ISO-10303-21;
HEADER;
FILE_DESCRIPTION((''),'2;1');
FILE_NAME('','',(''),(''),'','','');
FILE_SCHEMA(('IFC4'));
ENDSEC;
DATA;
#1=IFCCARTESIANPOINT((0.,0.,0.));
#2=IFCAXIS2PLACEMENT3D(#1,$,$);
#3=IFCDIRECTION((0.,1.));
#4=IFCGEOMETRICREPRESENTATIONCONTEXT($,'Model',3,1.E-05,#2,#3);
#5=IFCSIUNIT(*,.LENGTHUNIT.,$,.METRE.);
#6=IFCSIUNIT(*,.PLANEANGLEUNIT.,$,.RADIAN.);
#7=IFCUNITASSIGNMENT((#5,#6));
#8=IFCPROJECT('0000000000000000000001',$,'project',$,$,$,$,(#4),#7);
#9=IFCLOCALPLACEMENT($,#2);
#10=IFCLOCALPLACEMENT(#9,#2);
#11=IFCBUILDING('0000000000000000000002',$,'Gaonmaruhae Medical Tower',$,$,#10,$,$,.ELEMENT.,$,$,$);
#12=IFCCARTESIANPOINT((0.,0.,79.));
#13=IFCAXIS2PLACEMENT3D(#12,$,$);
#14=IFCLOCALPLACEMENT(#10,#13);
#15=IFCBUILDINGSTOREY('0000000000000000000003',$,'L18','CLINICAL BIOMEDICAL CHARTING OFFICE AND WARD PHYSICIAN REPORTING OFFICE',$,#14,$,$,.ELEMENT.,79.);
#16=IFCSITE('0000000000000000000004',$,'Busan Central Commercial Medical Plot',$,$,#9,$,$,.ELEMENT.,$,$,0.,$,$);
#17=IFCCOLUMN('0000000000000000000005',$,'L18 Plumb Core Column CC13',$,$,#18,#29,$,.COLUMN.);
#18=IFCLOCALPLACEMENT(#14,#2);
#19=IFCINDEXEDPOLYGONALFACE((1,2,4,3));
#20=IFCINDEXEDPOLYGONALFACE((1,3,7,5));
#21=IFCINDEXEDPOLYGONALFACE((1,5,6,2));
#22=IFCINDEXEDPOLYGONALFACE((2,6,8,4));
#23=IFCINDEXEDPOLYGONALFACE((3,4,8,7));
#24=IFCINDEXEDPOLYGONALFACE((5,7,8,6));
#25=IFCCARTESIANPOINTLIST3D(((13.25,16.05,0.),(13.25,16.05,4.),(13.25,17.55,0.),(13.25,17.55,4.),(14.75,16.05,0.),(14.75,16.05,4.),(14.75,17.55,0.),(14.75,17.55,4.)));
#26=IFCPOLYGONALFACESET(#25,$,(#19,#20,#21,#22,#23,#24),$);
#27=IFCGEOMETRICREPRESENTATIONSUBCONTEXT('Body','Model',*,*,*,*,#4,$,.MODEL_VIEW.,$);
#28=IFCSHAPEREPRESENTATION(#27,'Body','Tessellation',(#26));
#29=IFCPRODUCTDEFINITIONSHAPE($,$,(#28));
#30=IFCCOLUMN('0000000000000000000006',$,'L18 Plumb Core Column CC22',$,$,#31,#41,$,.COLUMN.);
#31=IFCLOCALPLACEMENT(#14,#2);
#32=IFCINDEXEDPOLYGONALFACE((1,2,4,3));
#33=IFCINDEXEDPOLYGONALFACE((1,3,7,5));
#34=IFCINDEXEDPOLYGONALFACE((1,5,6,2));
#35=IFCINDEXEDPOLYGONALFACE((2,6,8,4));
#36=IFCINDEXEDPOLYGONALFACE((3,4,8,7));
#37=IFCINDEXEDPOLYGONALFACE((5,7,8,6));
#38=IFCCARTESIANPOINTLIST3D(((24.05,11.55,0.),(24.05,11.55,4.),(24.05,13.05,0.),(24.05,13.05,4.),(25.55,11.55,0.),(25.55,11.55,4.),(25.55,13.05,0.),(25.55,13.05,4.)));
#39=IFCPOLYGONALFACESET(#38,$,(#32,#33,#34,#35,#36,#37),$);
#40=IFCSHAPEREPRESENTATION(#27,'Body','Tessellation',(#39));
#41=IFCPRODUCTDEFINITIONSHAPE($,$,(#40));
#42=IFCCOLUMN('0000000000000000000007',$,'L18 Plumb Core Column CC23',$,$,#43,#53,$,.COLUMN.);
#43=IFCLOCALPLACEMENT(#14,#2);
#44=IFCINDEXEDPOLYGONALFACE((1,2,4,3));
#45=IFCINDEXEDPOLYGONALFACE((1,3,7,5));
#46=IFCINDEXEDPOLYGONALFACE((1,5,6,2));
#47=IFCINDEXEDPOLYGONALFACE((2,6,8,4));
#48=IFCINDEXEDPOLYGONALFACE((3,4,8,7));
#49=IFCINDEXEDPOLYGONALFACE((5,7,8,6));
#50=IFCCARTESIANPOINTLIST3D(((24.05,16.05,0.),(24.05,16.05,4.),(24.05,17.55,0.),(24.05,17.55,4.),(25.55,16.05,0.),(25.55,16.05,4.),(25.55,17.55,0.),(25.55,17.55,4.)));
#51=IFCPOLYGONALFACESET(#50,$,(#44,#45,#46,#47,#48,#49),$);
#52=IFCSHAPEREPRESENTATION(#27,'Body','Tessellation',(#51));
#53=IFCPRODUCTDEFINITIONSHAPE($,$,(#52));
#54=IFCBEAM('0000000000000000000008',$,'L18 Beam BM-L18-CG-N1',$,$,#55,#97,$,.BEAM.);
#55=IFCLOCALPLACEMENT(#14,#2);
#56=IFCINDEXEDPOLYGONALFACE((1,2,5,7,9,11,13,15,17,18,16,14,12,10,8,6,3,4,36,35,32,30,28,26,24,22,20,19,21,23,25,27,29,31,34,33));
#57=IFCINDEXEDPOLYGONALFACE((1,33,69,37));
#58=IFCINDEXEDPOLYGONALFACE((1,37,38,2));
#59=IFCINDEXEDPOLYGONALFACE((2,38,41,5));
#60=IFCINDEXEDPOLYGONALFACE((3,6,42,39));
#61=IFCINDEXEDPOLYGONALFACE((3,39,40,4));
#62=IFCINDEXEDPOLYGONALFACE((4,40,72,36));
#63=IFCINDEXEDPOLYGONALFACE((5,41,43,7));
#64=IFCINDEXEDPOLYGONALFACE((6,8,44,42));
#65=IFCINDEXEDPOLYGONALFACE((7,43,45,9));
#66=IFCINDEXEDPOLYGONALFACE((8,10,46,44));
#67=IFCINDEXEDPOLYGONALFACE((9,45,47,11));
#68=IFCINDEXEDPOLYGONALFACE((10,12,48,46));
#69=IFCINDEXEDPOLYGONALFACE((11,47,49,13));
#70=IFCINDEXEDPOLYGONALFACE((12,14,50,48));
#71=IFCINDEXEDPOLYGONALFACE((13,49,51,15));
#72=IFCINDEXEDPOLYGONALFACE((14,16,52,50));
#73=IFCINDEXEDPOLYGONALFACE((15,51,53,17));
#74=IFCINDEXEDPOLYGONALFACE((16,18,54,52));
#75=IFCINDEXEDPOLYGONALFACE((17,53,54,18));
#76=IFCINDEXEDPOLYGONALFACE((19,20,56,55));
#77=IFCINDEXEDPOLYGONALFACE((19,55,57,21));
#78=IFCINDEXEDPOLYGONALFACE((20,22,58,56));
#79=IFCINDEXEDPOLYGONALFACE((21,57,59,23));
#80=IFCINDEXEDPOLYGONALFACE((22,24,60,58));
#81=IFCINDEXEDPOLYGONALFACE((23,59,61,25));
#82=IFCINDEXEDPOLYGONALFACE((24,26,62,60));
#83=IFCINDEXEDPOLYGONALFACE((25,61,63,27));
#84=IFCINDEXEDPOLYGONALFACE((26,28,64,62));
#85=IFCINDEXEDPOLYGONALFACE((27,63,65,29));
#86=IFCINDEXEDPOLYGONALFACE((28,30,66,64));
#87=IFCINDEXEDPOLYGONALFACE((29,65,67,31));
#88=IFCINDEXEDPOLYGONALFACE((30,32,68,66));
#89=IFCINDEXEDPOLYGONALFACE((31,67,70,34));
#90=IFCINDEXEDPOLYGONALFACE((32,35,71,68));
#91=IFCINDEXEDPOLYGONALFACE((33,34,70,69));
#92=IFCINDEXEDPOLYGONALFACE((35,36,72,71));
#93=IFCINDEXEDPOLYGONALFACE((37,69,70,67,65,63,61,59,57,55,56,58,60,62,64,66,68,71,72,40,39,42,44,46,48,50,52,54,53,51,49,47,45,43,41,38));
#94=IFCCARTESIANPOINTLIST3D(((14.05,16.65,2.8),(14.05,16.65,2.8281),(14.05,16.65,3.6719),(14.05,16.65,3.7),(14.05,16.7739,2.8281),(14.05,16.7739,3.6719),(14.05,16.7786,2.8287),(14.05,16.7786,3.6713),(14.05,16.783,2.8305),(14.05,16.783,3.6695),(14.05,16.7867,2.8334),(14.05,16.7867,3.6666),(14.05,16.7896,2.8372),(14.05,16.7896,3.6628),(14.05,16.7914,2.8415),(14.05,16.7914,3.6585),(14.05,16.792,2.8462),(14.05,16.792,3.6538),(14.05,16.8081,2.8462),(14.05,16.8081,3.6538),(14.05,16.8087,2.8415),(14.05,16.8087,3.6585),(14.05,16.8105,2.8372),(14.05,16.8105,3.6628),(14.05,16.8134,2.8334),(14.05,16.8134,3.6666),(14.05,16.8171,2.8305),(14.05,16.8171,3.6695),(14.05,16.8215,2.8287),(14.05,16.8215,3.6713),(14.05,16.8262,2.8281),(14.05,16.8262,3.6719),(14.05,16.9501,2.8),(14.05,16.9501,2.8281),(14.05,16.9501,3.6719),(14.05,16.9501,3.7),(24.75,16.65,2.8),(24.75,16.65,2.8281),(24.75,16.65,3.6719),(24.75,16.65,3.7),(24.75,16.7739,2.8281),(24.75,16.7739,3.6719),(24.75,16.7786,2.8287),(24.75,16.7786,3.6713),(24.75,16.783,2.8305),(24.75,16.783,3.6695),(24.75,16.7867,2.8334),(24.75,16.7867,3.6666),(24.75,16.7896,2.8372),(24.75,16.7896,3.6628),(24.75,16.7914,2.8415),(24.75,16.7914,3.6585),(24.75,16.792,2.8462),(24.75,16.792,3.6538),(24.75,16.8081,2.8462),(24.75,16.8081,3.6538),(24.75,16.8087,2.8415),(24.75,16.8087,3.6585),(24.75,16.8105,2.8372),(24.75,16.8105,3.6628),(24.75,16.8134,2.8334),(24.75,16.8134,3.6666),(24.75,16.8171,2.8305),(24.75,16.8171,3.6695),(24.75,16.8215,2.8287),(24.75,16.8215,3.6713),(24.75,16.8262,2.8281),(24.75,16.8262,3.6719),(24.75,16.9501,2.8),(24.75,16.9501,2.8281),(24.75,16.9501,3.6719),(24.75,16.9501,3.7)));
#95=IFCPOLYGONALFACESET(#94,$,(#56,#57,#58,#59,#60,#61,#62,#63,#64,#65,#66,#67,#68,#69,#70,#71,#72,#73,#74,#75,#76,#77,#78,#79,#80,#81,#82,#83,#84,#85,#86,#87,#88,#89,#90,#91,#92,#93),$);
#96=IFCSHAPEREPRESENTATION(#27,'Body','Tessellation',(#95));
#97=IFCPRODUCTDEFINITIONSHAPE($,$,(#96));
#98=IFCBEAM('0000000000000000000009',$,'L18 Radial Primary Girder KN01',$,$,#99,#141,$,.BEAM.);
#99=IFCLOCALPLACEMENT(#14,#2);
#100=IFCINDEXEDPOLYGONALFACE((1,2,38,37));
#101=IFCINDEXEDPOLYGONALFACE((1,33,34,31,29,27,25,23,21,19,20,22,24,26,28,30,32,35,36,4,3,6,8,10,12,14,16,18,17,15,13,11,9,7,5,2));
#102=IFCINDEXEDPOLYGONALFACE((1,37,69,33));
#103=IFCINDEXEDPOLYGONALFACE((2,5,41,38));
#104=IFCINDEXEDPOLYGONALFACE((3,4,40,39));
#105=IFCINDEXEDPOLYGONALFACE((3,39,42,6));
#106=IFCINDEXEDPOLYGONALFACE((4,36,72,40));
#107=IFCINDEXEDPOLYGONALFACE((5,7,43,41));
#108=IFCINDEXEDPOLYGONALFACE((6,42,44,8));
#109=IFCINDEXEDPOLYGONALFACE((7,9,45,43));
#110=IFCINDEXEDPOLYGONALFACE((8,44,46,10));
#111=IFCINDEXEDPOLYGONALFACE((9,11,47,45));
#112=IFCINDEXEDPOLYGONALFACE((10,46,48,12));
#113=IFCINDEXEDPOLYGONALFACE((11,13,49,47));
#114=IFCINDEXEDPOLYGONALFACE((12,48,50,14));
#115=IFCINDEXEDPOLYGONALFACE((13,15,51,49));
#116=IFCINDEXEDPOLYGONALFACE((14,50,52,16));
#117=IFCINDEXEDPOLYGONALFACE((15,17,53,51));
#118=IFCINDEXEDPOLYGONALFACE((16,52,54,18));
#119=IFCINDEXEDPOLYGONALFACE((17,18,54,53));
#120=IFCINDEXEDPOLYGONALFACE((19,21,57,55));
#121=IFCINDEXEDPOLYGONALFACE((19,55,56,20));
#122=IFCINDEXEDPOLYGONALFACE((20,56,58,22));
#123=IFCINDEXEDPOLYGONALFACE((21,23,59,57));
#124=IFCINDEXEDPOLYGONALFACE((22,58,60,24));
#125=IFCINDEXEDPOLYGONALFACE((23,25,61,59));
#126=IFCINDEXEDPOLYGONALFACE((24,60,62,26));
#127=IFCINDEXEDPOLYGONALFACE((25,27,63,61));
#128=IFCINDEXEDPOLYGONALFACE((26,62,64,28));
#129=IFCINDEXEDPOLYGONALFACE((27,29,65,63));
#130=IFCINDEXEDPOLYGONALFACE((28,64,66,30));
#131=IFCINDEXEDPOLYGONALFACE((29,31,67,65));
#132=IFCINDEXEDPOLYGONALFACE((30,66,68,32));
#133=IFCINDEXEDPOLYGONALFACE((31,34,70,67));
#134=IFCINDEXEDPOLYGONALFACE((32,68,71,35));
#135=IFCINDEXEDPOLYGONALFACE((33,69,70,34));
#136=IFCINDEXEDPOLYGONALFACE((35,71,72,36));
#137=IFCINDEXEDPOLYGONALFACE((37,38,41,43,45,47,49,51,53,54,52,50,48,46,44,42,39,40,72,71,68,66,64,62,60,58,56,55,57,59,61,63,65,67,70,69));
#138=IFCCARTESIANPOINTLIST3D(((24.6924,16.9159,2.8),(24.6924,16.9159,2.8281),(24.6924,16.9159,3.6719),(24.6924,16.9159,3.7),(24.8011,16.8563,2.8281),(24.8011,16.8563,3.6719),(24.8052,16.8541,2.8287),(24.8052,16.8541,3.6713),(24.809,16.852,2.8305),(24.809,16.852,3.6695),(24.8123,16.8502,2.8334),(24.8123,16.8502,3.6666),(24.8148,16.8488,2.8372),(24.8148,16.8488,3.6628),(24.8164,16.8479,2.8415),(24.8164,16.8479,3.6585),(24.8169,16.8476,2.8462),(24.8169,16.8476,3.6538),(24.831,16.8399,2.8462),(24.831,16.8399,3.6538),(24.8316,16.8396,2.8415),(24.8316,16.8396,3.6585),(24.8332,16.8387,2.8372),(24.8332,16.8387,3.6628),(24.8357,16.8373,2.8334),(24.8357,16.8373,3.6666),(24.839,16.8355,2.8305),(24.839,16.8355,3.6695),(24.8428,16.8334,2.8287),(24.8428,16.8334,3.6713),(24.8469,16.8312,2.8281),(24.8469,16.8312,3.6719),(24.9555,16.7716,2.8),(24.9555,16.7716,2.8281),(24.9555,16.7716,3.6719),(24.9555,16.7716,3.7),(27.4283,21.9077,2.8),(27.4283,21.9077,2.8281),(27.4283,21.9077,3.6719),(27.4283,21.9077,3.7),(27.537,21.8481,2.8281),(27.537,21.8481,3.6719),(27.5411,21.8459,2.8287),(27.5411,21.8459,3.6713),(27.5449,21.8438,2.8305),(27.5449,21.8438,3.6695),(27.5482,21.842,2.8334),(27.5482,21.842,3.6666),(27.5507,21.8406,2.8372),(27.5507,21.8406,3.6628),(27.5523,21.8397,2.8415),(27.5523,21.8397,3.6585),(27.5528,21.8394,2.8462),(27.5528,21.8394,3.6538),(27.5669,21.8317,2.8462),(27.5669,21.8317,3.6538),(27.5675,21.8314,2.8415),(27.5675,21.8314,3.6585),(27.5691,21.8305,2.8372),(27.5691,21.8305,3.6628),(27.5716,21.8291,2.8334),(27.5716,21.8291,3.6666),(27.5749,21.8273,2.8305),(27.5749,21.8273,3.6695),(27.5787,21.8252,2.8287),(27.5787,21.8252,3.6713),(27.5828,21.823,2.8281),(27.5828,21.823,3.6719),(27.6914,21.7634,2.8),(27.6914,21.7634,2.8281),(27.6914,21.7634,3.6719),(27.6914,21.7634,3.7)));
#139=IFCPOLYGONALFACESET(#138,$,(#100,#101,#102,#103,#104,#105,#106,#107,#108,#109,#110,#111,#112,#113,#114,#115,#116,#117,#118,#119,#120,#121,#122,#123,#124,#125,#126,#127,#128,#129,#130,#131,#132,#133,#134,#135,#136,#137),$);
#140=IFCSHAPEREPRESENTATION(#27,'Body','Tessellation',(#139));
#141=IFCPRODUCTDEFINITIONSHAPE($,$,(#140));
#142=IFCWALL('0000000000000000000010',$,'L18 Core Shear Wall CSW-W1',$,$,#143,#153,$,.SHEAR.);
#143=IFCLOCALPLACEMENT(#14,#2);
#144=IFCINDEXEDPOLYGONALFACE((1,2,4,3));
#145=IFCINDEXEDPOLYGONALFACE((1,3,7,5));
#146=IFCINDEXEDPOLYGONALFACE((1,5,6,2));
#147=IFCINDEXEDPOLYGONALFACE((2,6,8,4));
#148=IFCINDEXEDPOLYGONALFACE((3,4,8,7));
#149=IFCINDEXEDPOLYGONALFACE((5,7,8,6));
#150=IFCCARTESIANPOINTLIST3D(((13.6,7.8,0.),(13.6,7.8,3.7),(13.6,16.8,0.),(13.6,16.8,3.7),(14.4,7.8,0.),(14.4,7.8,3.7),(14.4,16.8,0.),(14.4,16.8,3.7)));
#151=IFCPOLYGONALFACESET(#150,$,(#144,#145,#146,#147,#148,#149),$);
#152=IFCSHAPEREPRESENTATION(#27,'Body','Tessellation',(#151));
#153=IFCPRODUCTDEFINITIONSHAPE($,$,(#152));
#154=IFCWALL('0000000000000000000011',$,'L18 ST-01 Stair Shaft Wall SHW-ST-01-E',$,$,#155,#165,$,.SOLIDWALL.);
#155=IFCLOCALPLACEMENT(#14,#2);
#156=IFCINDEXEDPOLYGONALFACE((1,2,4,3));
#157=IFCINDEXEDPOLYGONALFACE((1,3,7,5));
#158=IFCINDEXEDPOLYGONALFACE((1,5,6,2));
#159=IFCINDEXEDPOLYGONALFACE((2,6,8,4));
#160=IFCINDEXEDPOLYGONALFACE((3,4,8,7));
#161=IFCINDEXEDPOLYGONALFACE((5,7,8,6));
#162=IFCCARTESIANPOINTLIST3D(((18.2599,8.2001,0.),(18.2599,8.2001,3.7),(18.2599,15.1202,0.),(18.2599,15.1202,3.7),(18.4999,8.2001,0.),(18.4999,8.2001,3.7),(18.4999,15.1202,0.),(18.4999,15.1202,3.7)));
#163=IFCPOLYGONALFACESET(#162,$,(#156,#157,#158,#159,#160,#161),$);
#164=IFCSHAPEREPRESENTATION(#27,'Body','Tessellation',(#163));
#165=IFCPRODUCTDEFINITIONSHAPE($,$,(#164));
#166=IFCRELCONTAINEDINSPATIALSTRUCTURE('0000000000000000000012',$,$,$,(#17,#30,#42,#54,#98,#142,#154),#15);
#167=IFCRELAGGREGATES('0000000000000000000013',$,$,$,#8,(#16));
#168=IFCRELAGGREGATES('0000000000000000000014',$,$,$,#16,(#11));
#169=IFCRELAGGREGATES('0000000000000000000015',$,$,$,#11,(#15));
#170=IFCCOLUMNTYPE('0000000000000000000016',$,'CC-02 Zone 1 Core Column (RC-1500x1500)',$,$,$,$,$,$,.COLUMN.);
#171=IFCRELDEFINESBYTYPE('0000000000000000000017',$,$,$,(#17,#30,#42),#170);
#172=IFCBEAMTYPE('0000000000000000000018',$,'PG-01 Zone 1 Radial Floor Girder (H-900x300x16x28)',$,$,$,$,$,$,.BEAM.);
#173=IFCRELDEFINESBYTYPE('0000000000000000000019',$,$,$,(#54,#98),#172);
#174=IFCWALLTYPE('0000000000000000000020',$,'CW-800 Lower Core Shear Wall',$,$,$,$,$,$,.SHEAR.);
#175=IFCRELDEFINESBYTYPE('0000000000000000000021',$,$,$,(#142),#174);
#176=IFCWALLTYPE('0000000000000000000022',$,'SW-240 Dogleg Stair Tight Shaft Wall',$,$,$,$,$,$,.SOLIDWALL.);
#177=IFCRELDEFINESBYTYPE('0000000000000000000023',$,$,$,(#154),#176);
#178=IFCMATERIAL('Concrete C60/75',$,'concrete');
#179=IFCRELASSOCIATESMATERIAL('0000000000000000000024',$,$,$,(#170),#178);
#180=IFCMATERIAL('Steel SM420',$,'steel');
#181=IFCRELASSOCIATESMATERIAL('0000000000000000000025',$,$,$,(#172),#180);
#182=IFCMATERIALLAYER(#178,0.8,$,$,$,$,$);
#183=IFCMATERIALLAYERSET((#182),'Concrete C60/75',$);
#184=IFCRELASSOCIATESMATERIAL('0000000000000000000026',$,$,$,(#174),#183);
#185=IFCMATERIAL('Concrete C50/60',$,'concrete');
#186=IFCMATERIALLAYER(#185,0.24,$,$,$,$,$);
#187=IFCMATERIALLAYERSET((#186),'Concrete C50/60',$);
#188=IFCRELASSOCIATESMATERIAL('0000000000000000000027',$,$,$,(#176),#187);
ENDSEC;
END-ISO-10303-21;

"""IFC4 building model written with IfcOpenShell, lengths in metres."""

from ifc_helpers import new_model, si_unit, direction, frame, frame_2d, origin, origin_2d, place, context, subcontext, project, spatial, rectangle, i_section, extrude, material, layer, layer_set, material_profile, profile_set, type_object, element, save


model = new_model("IFC4")

# Units and contexts
model_context = context("Model", 3, precision=1e-05, world=origin(), true_north=direction((0.0, 1.0)))
body_context = subcontext(model_context, "Body", "Model", "MODEL_VIEW")
ifc_project = project(units=[si_unit("LENGTHUNIT", "METRE"), si_unit("PLANEANGLEUNIT", "RADIAN")], contexts=[model_context])

# Site, building, storey
site_placement = place(None, origin())
site = spatial("IfcSite", under=ifc_project, at=site_placement, Name="Busan Central Commercial Medical Plot", CompositionType="ELEMENT", RefElevation=0.0)
building_placement = place(site_placement, origin())
building = spatial("IfcBuilding", under=site, at=building_placement, Name="Gaonmaruhae Medical Tower", CompositionType="ELEMENT")
storey_placement = place(building_placement, frame((0.0, 0.0, 79.0)))
storey = spatial("IfcBuildingStorey", under=building, at=storey_placement, Name="L18", Description="CLINICAL BIOMEDICAL CHARTING OFFICE AND WARD PHYSICIAN REPORTING OFFICE", CompositionType="ELEMENT", Elevation=79.0)

# Columns
ifc_material_1 = material(Name="Concrete C60/75", Category="concrete")
ifc_material_profile_1 = material_profile(ifc_material_1, rectangle(XDim=1.5, YDim=1.5, at=origin_2d()), Name="RC-1500x1500")
ifc_profile_set_1 = profile_set([ifc_material_profile_1], Name="Concrete C60/75")
column_type = type_object("IfcColumnType", Name="CC-02 Zone 1 Core Column (RC-1500x1500)", PredefinedType="COLUMN", material=ifc_profile_set_1)
for number, where, z_axis, x_axis, name in (
    (1, (14.0, 16.8, 0.0), (0.0, 0.0, 1.0), (1.0, 0.0, 0.0), "L18 Plumb Core Column CC13"),
    (2, (24.8, 12.3, 0.0), (0.0, 0.0, 1.0), (1.0, 0.0, 0.0), "L18 Plumb Core Column CC22"),
    (3, (24.8, 16.8, 0.0), (0.0, 0.0, 1.0), (1.0, 0.0, 0.0), "L18 Plumb Core Column CC23"),
):
    element("IfcColumn", number, at=place(storey_placement, frame(where, z_axis=z_axis, x_axis=x_axis)), inside=storey, type_object=column_type, Name=name, PredefinedType="COLUMN", context=body_context, shape_type="SweptSolid", body=[
        extrude(rectangle(XDim=1.5, YDim=1.5, at=origin_2d()), origin(), (0.0, 0.0, 1.0), 4.0),
    ])

# Beams
ifc_material_2 = material(Name="Steel SM420", Category="steel")
ifc_material_profile_2 = material_profile(ifc_material_2, i_section(OverallWidth=0.3, OverallDepth=0.8999, WebThickness=0.0161, FlangeThickness=0.0281, FilletRadius=0.0181, at=origin_2d()), Name="H-900x300x16x28")
ifc_profile_set_2 = profile_set([ifc_material_profile_2], Name="Steel SM420")
beam_type = type_object("IfcBeamType", Name="PG-01 Zone 1 Radial Floor Girder (H-900x300x16x28)", PredefinedType="BEAM", material=ifc_profile_set_2)
beam_1_placement = place(storey_placement, frame((14.05, 16.8, 3.25), z_axis=(1.0, 0.0, 0.0), x_axis=(0.0, 1.0, 0.0)))
element("IfcBeam", 4, at=beam_1_placement, inside=storey, type_object=beam_type, Name="L18 Beam BM-L18-CG-N1", PredefinedType="BEAM", context=body_context, shape_type="SweptSolid", body=[
    extrude(i_section(OverallWidth=0.3, OverallDepth=0.8999, WebThickness=0.0161, FlangeThickness=0.0281, FilletRadius=0.0181, at=origin_2d()), origin(), (0.0, 0.0, 1.0), 10.7),
])
beam_2_placement = place(storey_placement, frame((24.824, 16.8438, 3.25), z_axis=(0.480624, 0.876927, 0.0), x_axis=(-0.876927, 0.480624, 0.0)))
element("IfcBeam", 5, at=beam_2_placement, inside=storey, type_object=beam_type, Name="L18 Radial Primary Girder KN01", PredefinedType="BEAM", context=body_context, shape_type="SweptSolid", body=[
    extrude(i_section(OverallWidth=0.3, OverallDepth=0.8999, WebThickness=0.0161, FlangeThickness=0.0281, FilletRadius=0.0181, at=origin_2d()), origin(), (0.0, 0.0, 1.0), 5.6924),
])

# Wall
ifc_layer_1 = layer(ifc_material_1, 0.8)
ifc_layer_set_1 = layer_set([ifc_layer_1], Name="Concrete C60/75")
wall_type_1 = type_object("IfcWallType", Name="CW-800 Lower Core Shear Wall", PredefinedType="SHEAR", material=ifc_layer_set_1)
wall_1_placement = place(storey_placement, frame((14.0, 16.8, 0.0), z_axis=(0.0, 0.0, 1.0), x_axis=(0.0, -1.0, 0.0)))
element("IfcWall", 6, at=wall_1_placement, inside=storey, type_object=wall_type_1, Name="L18 Core Shear Wall CSW-W1", PredefinedType="SHEAR", context=body_context, shape_type="SweptSolid", body=[
    extrude(rectangle(XDim=9.0, YDim=0.8, at=frame_2d((4.5, 0.0))), origin(), (0.0, 0.0, 1.0), 3.7),
])

# Shared definitions
ifc_material_3 = material(Name="Concrete C50/60", Category="concrete")
ifc_layer_2 = layer(ifc_material_3, 0.24)
ifc_layer_set_2 = layer_set([ifc_layer_2], Name="Concrete C50/60")
wall_type_2 = type_object("IfcWallType", Name="SW-240 Dogleg Stair Tight Shaft Wall", PredefinedType="SOLIDWALL", material=ifc_layer_set_2)

# Wall
wall_2_placement = place(storey_placement, frame((18.3799, 15.1201, 0.0), z_axis=(0.0, 0.0, 1.0), x_axis=(0.0, -1.0, 0.0)))
element("IfcWall", 7, at=wall_2_placement, inside=storey, type_object=wall_type_2, Name="L18 ST-01 Stair Shaft Wall SHW-ST-01-E", PredefinedType="SOLIDWALL", context=body_context, shape_type="SweptSolid", body=[
    extrude(rectangle(XDim=6.9202, YDim=0.24, at=frame_2d((3.46, 0.0))), origin(), (0.0, 0.0, 1.0), 3.7),
])

save(model, "model.ifc")
